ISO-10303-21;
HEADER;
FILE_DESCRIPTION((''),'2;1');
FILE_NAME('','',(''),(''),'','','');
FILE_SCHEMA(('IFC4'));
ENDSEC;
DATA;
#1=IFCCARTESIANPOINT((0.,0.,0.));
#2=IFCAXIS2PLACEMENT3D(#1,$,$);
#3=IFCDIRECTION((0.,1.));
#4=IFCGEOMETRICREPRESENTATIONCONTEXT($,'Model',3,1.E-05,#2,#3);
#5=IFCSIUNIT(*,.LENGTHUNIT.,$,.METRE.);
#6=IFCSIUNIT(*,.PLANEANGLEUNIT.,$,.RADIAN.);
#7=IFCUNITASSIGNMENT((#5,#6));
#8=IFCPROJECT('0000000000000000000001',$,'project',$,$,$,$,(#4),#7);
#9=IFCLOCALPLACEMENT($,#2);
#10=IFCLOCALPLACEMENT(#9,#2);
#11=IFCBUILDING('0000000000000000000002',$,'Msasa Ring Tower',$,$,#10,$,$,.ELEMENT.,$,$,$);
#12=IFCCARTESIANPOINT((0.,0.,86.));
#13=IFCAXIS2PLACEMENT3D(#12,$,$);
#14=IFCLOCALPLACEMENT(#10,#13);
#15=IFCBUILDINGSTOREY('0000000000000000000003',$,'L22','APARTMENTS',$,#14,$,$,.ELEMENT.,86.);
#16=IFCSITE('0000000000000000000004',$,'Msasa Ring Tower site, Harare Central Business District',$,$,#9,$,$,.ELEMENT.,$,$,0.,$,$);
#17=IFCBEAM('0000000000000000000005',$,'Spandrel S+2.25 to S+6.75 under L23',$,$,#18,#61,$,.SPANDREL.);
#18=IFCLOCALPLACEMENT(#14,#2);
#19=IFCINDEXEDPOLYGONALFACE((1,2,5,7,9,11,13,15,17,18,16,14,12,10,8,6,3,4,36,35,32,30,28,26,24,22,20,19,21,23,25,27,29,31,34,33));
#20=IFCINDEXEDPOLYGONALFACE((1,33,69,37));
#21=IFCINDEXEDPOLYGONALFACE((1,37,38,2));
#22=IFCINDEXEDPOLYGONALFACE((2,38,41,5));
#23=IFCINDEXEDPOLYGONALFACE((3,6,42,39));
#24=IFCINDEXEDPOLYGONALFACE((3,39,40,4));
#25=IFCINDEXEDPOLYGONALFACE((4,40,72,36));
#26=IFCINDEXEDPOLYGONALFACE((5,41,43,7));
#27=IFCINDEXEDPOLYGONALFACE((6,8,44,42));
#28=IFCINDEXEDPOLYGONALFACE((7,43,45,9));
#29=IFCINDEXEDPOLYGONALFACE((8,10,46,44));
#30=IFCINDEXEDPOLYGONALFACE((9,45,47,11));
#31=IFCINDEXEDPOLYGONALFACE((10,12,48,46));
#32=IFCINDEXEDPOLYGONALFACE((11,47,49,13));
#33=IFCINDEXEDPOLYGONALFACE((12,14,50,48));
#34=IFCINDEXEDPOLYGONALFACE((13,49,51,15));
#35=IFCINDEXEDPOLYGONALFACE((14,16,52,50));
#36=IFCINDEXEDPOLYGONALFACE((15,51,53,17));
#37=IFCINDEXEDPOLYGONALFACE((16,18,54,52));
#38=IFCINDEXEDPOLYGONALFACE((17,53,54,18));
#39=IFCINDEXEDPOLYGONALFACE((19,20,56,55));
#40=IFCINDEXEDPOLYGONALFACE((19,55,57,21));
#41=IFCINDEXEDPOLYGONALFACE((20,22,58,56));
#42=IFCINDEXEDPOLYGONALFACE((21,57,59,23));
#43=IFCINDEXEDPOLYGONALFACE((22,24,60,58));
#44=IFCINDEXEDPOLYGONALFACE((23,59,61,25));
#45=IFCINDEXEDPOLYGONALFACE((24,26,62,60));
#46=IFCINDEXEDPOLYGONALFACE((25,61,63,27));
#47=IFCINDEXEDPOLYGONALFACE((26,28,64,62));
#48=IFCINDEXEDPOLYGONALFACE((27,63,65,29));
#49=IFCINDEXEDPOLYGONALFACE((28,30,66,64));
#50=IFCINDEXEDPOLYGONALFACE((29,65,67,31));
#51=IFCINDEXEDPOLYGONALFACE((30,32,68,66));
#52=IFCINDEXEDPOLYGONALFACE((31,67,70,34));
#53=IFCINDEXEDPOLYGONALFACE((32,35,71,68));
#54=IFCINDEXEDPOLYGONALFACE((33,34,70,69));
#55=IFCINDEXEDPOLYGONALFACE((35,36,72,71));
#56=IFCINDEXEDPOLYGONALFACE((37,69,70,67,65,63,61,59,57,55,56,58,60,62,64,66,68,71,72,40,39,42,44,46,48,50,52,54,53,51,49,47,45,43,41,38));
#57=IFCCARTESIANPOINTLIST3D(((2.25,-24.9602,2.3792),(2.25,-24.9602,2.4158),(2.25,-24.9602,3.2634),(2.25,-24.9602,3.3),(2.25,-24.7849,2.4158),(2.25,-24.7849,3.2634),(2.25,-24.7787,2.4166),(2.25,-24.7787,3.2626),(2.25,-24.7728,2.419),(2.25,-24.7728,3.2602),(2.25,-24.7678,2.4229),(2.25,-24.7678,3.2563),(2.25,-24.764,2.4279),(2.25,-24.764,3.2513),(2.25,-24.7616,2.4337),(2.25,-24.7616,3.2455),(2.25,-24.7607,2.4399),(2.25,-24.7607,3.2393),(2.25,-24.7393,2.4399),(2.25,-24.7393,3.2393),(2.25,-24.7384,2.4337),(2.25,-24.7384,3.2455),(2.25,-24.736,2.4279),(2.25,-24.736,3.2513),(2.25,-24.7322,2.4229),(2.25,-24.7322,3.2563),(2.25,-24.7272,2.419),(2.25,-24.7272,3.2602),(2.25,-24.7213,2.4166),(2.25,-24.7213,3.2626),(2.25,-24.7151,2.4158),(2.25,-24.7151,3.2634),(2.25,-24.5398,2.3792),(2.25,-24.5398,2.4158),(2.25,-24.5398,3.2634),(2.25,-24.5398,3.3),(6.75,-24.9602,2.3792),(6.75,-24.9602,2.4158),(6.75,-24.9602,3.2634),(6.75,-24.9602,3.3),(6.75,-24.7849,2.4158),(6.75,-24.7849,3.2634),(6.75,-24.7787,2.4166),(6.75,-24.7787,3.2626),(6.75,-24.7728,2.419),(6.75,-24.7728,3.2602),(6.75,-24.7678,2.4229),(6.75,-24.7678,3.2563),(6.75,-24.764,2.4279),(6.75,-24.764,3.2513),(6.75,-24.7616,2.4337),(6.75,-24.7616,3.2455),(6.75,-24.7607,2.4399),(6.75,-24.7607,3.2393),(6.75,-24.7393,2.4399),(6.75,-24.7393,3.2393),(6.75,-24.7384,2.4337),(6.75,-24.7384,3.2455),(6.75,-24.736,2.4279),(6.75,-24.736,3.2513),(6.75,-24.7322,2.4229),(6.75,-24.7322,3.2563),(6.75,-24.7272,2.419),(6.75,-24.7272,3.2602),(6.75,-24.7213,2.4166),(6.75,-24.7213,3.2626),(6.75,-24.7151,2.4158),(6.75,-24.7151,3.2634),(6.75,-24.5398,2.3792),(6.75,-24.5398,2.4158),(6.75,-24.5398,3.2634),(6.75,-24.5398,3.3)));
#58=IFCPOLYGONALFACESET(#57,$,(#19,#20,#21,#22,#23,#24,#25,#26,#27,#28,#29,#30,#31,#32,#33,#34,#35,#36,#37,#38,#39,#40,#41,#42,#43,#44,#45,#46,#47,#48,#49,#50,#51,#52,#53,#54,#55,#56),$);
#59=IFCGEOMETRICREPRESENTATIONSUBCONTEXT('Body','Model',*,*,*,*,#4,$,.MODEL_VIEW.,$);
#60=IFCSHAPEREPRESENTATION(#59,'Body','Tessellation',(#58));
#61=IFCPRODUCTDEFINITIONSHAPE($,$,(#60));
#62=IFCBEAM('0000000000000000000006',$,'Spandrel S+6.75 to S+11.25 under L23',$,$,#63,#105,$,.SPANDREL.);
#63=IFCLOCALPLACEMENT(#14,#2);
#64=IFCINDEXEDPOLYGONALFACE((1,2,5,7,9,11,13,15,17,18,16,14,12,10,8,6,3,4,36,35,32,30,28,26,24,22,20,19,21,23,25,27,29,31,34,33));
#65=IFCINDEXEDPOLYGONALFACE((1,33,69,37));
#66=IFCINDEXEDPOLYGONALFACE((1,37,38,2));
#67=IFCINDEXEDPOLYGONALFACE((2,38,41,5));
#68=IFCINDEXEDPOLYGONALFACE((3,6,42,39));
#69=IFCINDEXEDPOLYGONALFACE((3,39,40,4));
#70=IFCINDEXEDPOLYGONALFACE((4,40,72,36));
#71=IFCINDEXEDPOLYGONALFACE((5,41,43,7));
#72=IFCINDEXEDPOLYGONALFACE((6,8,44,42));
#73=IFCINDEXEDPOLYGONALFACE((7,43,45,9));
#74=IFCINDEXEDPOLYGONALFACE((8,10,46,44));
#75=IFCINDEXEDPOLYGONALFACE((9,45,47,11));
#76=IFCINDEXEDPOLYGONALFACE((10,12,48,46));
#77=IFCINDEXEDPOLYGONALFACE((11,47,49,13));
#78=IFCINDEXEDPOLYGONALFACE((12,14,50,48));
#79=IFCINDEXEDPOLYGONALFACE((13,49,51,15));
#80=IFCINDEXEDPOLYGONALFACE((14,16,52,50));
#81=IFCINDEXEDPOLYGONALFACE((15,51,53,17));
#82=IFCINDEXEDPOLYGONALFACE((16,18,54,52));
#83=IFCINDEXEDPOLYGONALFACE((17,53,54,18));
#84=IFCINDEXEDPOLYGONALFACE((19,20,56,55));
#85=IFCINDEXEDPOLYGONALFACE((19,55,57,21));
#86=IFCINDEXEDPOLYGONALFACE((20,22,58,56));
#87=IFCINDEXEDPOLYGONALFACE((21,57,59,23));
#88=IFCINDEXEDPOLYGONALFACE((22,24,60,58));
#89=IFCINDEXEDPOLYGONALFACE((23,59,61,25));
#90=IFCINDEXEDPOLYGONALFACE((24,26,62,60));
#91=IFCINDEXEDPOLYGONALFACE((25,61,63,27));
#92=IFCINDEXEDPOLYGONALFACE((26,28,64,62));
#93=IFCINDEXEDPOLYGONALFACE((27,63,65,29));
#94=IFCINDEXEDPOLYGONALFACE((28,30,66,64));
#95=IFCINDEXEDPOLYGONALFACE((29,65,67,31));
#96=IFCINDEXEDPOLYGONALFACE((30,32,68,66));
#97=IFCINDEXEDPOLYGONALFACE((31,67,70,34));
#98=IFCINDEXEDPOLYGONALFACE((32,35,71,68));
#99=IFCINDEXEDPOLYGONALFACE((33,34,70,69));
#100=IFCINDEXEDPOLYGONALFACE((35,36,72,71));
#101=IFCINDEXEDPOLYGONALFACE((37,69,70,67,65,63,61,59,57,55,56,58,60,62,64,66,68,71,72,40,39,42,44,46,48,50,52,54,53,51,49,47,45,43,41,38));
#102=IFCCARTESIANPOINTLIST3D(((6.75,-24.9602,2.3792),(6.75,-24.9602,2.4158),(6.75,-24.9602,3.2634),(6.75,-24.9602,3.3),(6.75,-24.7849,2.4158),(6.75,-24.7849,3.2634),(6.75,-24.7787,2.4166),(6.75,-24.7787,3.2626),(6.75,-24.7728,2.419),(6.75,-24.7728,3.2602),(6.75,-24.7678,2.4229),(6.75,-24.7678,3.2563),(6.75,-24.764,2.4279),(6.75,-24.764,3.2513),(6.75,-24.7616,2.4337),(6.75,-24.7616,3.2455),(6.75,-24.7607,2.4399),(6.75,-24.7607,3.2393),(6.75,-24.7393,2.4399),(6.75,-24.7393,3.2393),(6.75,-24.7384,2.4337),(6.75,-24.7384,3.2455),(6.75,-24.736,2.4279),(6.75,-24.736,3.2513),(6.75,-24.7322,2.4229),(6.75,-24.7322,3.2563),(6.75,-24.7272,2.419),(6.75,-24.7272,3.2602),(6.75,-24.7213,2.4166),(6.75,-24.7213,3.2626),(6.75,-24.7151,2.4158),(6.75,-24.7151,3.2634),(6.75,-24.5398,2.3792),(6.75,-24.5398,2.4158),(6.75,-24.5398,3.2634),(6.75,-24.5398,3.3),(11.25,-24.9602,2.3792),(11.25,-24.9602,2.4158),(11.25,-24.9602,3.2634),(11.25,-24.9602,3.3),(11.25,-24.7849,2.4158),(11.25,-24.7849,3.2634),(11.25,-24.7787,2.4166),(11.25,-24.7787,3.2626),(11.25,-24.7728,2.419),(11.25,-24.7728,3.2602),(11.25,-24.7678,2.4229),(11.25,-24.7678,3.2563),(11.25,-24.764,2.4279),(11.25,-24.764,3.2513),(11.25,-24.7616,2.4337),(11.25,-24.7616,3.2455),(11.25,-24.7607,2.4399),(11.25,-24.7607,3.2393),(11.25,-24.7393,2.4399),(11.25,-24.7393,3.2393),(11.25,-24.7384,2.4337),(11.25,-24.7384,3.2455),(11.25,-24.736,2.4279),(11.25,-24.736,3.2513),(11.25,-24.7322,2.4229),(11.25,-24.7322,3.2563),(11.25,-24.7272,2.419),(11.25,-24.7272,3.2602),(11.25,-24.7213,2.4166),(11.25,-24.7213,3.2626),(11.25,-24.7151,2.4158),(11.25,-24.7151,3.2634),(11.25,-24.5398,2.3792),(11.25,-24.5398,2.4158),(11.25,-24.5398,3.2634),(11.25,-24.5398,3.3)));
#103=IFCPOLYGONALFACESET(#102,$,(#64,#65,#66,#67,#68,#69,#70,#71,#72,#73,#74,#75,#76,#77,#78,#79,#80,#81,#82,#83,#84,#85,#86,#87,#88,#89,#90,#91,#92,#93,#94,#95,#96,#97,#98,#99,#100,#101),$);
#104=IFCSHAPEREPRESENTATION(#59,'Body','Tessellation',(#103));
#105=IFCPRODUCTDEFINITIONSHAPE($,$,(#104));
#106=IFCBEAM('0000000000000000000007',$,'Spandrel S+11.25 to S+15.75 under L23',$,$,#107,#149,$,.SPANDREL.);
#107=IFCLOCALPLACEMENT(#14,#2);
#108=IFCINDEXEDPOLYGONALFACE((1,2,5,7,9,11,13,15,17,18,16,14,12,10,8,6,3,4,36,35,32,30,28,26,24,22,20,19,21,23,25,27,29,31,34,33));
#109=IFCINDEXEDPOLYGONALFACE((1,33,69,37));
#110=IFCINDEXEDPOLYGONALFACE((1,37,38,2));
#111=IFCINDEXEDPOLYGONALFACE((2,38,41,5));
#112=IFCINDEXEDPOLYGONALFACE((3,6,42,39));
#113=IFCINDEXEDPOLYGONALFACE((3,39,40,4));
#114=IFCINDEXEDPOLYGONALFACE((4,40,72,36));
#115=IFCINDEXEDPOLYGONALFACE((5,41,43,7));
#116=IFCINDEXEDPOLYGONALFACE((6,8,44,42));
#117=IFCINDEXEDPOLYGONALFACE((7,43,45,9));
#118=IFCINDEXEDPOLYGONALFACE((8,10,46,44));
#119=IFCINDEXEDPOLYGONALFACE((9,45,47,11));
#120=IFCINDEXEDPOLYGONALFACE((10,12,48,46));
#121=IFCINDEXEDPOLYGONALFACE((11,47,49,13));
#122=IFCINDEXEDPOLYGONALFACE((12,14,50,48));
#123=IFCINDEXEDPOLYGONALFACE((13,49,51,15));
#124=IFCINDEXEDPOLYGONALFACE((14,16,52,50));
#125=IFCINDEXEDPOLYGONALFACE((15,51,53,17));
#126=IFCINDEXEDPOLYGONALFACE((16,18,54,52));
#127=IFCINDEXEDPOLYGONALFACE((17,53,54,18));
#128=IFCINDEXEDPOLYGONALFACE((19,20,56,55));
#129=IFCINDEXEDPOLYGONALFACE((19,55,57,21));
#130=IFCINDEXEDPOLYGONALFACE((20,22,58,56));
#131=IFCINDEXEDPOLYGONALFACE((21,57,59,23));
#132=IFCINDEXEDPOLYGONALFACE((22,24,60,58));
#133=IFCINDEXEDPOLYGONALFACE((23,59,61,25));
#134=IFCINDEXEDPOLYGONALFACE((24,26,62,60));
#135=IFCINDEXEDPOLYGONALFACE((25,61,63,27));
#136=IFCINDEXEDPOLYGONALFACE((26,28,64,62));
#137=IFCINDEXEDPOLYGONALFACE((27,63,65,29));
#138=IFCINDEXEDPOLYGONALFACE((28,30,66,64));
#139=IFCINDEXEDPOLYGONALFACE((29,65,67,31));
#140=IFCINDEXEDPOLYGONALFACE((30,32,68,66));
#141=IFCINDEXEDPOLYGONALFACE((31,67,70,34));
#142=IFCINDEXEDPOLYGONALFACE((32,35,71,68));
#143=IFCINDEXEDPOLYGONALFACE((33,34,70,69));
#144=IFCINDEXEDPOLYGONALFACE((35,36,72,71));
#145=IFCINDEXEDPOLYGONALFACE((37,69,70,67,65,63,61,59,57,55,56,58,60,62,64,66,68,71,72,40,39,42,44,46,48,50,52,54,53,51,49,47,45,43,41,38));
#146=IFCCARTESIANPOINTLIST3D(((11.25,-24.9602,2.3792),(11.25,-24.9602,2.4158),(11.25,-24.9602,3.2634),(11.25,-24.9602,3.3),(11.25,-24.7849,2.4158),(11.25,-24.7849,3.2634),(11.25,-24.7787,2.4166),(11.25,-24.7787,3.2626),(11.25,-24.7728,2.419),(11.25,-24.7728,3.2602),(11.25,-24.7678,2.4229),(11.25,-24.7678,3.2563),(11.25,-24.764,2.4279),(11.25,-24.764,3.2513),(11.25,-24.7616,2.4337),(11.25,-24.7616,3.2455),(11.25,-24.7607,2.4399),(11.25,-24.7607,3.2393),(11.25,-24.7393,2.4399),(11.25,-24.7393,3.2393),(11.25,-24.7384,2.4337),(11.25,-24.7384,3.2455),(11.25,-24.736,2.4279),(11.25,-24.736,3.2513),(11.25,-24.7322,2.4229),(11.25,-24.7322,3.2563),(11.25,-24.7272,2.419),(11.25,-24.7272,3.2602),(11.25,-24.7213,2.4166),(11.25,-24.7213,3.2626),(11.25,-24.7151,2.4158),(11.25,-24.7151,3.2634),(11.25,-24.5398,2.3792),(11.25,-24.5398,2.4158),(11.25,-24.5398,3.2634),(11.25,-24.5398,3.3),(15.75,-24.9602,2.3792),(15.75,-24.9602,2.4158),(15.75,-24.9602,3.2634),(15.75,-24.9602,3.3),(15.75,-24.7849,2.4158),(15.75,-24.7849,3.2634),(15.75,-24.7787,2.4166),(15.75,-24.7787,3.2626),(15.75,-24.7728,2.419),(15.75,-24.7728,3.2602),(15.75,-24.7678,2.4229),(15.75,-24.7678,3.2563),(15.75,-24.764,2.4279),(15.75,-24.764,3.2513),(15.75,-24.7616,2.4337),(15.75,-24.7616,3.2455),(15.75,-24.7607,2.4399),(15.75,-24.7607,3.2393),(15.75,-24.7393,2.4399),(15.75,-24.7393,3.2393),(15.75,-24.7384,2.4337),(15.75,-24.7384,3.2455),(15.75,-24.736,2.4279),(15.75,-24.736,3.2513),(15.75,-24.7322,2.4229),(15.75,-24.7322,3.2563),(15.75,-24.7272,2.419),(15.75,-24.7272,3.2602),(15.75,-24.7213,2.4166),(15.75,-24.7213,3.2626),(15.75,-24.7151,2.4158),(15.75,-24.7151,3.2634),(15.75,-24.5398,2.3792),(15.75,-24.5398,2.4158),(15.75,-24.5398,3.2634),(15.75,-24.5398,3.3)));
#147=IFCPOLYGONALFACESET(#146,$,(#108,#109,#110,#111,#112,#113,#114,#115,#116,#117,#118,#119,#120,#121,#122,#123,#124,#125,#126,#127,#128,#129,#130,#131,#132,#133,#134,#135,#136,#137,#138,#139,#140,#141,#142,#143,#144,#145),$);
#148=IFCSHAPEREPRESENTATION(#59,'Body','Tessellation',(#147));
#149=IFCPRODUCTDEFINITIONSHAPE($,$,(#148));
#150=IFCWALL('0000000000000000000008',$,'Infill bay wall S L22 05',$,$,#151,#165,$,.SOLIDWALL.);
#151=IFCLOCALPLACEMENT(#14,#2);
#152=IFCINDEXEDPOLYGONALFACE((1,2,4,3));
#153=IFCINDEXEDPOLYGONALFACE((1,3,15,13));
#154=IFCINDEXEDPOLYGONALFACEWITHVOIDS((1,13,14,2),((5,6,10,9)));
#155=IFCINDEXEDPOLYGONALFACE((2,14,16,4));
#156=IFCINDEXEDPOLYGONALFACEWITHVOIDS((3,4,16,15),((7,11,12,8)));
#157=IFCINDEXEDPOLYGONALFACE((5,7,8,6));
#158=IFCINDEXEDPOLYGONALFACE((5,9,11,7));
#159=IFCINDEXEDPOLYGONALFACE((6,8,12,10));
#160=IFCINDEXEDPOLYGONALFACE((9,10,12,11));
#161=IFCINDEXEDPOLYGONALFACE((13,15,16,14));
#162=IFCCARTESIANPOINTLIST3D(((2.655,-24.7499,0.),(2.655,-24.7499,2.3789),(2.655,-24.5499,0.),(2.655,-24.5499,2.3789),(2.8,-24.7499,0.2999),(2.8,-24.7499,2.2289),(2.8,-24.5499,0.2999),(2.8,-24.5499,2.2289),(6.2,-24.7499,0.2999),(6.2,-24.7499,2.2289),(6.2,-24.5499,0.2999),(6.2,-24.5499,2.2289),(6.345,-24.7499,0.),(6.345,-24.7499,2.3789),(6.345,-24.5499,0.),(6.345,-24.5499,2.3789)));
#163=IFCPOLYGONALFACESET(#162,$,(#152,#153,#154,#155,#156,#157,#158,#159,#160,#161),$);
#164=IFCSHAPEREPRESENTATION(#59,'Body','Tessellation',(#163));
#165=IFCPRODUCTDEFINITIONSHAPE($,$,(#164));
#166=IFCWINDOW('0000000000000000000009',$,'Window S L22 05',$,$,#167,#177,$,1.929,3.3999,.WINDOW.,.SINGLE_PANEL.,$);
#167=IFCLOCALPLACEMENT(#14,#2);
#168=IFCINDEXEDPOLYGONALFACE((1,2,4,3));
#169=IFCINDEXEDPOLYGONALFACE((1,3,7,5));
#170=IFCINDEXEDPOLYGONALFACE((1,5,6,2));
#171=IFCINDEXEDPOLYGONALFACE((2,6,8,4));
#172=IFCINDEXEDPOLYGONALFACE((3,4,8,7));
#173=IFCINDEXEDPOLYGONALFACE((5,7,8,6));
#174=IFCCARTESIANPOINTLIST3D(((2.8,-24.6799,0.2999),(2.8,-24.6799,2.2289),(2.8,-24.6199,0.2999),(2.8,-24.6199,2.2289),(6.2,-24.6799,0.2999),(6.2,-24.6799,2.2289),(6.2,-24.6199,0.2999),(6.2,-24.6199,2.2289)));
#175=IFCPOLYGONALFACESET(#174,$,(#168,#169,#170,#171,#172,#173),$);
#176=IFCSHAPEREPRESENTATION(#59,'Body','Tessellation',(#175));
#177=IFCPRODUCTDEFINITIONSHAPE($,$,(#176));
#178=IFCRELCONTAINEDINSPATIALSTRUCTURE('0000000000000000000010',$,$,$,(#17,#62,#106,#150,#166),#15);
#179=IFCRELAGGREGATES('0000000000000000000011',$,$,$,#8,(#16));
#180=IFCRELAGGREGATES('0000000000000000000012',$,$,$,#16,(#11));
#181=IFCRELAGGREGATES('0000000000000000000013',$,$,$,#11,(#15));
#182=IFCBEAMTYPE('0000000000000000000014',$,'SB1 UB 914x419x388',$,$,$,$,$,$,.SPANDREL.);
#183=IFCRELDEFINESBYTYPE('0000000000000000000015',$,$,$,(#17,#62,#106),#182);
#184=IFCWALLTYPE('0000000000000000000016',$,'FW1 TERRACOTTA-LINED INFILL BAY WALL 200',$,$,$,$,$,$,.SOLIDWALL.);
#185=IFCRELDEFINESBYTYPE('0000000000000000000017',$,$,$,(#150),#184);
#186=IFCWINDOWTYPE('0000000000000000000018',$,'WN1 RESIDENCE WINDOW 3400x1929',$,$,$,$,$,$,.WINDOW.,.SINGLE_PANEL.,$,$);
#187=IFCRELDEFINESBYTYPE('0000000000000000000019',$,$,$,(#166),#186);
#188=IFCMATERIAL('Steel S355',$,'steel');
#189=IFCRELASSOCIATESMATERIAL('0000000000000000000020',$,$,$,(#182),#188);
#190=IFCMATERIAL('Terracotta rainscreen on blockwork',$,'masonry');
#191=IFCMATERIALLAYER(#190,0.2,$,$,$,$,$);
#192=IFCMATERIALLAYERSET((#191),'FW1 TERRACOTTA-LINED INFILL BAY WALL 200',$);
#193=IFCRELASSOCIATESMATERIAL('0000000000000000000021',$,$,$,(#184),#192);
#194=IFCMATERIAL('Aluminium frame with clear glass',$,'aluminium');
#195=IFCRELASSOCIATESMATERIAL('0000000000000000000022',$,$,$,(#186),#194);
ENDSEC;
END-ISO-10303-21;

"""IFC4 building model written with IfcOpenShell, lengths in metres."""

from ifc_helpers import new_model, si_unit, direction, frame, frame_2d, origin, origin_2d, place, context, subcontext, project, spatial, rectangle, i_section, extrude, material, layer, layer_set, material_profile, profile_set, type_object, element, fill, save


model = new_model("IFC4")

# Units and contexts
model_context = context("Model", 3, precision=1e-05, world=origin(), true_north=direction((0.0, 1.0)))
body_context = subcontext(model_context, "Body", "Model", "MODEL_VIEW")
ifc_project = project(units=[si_unit("LENGTHUNIT", "METRE"), si_unit("PLANEANGLEUNIT", "RADIAN")], contexts=[model_context])

# Site, building, storey
site_placement = place(None, origin())
site = spatial("IfcSite", under=ifc_project, at=site_placement, Name="Msasa Ring Tower site, Harare Central Business District", CompositionType="ELEMENT", RefElevation=0.0)
building_placement = place(site_placement, origin())
building = spatial("IfcBuilding", under=site, at=building_placement, Name="Msasa Ring Tower", CompositionType="ELEMENT")
storey_placement = place(building_placement, frame((0.0, 0.0, 86.0)))
storey = spatial("IfcBuildingStorey", under=building, at=storey_placement, Name="L22", Description="APARTMENTS", CompositionType="ELEMENT", Elevation=86.0)

# Beams
ifc_material_1 = material(Name="Steel S355", Category="steel")
ifc_material_profile_1 = material_profile(ifc_material_1, i_section(OverallWidth=0.4204, OverallDepth=0.9209, WebThickness=0.0215, FlangeThickness=0.0366, FilletRadius=0.0242, at=origin_2d()), Name="UB 914x419x388")
ifc_profile_set_1 = profile_set([ifc_material_profile_1], Name="Steel S355")
beam_type_1 = type_object("IfcBeamType", Name="SB1 UB 914x419x388", PredefinedType="SPANDREL", material=ifc_profile_set_1)
for number, where, z_axis, x_axis, name in (
    (1, (2.25, -24.75, 2.8396), (1.0, 0.0, 0.0), (0.0, 1.0, 0.0), "Spandrel S+2.25 to S+6.75 under L23"),
    (2, (6.75, -24.75, 2.8396), (1.0, 0.0, 0.0), (0.0, 1.0, 0.0), "Spandrel S+6.75 to S+11.25 under L23"),
    (3, (11.25, -24.75, 2.8396), (1.0, 0.0, 0.0), (0.0, 1.0, 0.0), "Spandrel S+11.25 to S+15.75 under L23"),
):
    element("IfcBeam", number, at=place(storey_placement, frame(where, z_axis=z_axis, x_axis=x_axis)), inside=storey, type_object=beam_type_1, Name=name, PredefinedType="SPANDREL", context=body_context, shape_type="SweptSolid", body=[
        extrude(i_section(OverallWidth=0.4204, OverallDepth=0.9209, WebThickness=0.0215, FlangeThickness=0.0366, FilletRadius=0.0242, at=origin_2d()), origin(), (0.0, 0.0, 1.0), 4.5),
    ])

# Wall, opening, window
ifc_material_2 = material(Name="Terracotta rainscreen on blockwork", Category="masonry")
ifc_layer_1 = layer(ifc_material_2, 0.2)
ifc_layer_set_1 = layer_set([ifc_layer_1], Name="FW1 TERRACOTTA-LINED INFILL BAY WALL 200")
wall_type_1 = type_object("IfcWallType", Name="FW1 TERRACOTTA-LINED INFILL BAY WALL 200", PredefinedType="SOLIDWALL", material=ifc_layer_set_1)
wall_1_placement = place(storey_placement, frame((2.655, -24.6499, 0.0), z_axis=(0.0, 0.0, 1.0), x_axis=(1.0, 0.0, 0.0)))
wall_1 = element("IfcWall", 4, at=wall_1_placement, inside=storey, type_object=wall_type_1, Name="Infill bay wall S L22 05", PredefinedType="SOLIDWALL", context=body_context, shape_type="SweptSolid", body=[
    extrude(rectangle(XDim=3.6899, YDim=0.2, at=frame_2d((1.845, 0.0))), origin(), (0.0, 0.0, 1.0), 2.3789),
])
opening_1_placement = place(wall_1_placement, frame((0.145, 0.0, 0.3)))
opening_1 = element("IfcOpeningElement", 5, at=opening_1_placement, cuts=wall_1, PredefinedType="OPENING", context=body_context, shape_type="SweptSolid", body=[
    extrude(rectangle(XDim=3.3999, YDim=1.929, at=frame_2d((1.7, 0.9644))), frame((0.0, 0.1099, 0.0), z_axis=(0.0, -1.0, 0.0), x_axis=(1.0, 0.0, 0.0)), (0.0, 0.0, 1.0), 0.22),
])
ifc_material_3 = material(Name="Aluminium frame with clear glass", Category="aluminium")
window_type = type_object("IfcWindowType", Name="WN1 RESIDENCE WINDOW 3400x1929", PartitioningType="SINGLE_PANEL", PredefinedType="WINDOW", material=ifc_material_3)
window_1_placement = place(opening_1_placement, origin())
window_1 = element("IfcWindow", 6, at=window_1_placement, inside=storey, type_object=window_type, Name="Window S L22 05", OverallHeight=1.929, OverallWidth=3.3999, PartitioningType="SINGLE_PANEL", PredefinedType="WINDOW", context=body_context, shape_type="SweptSolid", body=[
    extrude(rectangle(XDim=3.3999, YDim=1.929, at=frame_2d((1.7, 0.9644))), frame((0.0, 0.03, 0.0), z_axis=(0.0, -1.0, 0.0), x_axis=(1.0, 0.0, 0.0)), (0.0, 0.0, 1.0), 0.0601),
])
fill(opening_1, window_1)

save(model, "model.ifc")
